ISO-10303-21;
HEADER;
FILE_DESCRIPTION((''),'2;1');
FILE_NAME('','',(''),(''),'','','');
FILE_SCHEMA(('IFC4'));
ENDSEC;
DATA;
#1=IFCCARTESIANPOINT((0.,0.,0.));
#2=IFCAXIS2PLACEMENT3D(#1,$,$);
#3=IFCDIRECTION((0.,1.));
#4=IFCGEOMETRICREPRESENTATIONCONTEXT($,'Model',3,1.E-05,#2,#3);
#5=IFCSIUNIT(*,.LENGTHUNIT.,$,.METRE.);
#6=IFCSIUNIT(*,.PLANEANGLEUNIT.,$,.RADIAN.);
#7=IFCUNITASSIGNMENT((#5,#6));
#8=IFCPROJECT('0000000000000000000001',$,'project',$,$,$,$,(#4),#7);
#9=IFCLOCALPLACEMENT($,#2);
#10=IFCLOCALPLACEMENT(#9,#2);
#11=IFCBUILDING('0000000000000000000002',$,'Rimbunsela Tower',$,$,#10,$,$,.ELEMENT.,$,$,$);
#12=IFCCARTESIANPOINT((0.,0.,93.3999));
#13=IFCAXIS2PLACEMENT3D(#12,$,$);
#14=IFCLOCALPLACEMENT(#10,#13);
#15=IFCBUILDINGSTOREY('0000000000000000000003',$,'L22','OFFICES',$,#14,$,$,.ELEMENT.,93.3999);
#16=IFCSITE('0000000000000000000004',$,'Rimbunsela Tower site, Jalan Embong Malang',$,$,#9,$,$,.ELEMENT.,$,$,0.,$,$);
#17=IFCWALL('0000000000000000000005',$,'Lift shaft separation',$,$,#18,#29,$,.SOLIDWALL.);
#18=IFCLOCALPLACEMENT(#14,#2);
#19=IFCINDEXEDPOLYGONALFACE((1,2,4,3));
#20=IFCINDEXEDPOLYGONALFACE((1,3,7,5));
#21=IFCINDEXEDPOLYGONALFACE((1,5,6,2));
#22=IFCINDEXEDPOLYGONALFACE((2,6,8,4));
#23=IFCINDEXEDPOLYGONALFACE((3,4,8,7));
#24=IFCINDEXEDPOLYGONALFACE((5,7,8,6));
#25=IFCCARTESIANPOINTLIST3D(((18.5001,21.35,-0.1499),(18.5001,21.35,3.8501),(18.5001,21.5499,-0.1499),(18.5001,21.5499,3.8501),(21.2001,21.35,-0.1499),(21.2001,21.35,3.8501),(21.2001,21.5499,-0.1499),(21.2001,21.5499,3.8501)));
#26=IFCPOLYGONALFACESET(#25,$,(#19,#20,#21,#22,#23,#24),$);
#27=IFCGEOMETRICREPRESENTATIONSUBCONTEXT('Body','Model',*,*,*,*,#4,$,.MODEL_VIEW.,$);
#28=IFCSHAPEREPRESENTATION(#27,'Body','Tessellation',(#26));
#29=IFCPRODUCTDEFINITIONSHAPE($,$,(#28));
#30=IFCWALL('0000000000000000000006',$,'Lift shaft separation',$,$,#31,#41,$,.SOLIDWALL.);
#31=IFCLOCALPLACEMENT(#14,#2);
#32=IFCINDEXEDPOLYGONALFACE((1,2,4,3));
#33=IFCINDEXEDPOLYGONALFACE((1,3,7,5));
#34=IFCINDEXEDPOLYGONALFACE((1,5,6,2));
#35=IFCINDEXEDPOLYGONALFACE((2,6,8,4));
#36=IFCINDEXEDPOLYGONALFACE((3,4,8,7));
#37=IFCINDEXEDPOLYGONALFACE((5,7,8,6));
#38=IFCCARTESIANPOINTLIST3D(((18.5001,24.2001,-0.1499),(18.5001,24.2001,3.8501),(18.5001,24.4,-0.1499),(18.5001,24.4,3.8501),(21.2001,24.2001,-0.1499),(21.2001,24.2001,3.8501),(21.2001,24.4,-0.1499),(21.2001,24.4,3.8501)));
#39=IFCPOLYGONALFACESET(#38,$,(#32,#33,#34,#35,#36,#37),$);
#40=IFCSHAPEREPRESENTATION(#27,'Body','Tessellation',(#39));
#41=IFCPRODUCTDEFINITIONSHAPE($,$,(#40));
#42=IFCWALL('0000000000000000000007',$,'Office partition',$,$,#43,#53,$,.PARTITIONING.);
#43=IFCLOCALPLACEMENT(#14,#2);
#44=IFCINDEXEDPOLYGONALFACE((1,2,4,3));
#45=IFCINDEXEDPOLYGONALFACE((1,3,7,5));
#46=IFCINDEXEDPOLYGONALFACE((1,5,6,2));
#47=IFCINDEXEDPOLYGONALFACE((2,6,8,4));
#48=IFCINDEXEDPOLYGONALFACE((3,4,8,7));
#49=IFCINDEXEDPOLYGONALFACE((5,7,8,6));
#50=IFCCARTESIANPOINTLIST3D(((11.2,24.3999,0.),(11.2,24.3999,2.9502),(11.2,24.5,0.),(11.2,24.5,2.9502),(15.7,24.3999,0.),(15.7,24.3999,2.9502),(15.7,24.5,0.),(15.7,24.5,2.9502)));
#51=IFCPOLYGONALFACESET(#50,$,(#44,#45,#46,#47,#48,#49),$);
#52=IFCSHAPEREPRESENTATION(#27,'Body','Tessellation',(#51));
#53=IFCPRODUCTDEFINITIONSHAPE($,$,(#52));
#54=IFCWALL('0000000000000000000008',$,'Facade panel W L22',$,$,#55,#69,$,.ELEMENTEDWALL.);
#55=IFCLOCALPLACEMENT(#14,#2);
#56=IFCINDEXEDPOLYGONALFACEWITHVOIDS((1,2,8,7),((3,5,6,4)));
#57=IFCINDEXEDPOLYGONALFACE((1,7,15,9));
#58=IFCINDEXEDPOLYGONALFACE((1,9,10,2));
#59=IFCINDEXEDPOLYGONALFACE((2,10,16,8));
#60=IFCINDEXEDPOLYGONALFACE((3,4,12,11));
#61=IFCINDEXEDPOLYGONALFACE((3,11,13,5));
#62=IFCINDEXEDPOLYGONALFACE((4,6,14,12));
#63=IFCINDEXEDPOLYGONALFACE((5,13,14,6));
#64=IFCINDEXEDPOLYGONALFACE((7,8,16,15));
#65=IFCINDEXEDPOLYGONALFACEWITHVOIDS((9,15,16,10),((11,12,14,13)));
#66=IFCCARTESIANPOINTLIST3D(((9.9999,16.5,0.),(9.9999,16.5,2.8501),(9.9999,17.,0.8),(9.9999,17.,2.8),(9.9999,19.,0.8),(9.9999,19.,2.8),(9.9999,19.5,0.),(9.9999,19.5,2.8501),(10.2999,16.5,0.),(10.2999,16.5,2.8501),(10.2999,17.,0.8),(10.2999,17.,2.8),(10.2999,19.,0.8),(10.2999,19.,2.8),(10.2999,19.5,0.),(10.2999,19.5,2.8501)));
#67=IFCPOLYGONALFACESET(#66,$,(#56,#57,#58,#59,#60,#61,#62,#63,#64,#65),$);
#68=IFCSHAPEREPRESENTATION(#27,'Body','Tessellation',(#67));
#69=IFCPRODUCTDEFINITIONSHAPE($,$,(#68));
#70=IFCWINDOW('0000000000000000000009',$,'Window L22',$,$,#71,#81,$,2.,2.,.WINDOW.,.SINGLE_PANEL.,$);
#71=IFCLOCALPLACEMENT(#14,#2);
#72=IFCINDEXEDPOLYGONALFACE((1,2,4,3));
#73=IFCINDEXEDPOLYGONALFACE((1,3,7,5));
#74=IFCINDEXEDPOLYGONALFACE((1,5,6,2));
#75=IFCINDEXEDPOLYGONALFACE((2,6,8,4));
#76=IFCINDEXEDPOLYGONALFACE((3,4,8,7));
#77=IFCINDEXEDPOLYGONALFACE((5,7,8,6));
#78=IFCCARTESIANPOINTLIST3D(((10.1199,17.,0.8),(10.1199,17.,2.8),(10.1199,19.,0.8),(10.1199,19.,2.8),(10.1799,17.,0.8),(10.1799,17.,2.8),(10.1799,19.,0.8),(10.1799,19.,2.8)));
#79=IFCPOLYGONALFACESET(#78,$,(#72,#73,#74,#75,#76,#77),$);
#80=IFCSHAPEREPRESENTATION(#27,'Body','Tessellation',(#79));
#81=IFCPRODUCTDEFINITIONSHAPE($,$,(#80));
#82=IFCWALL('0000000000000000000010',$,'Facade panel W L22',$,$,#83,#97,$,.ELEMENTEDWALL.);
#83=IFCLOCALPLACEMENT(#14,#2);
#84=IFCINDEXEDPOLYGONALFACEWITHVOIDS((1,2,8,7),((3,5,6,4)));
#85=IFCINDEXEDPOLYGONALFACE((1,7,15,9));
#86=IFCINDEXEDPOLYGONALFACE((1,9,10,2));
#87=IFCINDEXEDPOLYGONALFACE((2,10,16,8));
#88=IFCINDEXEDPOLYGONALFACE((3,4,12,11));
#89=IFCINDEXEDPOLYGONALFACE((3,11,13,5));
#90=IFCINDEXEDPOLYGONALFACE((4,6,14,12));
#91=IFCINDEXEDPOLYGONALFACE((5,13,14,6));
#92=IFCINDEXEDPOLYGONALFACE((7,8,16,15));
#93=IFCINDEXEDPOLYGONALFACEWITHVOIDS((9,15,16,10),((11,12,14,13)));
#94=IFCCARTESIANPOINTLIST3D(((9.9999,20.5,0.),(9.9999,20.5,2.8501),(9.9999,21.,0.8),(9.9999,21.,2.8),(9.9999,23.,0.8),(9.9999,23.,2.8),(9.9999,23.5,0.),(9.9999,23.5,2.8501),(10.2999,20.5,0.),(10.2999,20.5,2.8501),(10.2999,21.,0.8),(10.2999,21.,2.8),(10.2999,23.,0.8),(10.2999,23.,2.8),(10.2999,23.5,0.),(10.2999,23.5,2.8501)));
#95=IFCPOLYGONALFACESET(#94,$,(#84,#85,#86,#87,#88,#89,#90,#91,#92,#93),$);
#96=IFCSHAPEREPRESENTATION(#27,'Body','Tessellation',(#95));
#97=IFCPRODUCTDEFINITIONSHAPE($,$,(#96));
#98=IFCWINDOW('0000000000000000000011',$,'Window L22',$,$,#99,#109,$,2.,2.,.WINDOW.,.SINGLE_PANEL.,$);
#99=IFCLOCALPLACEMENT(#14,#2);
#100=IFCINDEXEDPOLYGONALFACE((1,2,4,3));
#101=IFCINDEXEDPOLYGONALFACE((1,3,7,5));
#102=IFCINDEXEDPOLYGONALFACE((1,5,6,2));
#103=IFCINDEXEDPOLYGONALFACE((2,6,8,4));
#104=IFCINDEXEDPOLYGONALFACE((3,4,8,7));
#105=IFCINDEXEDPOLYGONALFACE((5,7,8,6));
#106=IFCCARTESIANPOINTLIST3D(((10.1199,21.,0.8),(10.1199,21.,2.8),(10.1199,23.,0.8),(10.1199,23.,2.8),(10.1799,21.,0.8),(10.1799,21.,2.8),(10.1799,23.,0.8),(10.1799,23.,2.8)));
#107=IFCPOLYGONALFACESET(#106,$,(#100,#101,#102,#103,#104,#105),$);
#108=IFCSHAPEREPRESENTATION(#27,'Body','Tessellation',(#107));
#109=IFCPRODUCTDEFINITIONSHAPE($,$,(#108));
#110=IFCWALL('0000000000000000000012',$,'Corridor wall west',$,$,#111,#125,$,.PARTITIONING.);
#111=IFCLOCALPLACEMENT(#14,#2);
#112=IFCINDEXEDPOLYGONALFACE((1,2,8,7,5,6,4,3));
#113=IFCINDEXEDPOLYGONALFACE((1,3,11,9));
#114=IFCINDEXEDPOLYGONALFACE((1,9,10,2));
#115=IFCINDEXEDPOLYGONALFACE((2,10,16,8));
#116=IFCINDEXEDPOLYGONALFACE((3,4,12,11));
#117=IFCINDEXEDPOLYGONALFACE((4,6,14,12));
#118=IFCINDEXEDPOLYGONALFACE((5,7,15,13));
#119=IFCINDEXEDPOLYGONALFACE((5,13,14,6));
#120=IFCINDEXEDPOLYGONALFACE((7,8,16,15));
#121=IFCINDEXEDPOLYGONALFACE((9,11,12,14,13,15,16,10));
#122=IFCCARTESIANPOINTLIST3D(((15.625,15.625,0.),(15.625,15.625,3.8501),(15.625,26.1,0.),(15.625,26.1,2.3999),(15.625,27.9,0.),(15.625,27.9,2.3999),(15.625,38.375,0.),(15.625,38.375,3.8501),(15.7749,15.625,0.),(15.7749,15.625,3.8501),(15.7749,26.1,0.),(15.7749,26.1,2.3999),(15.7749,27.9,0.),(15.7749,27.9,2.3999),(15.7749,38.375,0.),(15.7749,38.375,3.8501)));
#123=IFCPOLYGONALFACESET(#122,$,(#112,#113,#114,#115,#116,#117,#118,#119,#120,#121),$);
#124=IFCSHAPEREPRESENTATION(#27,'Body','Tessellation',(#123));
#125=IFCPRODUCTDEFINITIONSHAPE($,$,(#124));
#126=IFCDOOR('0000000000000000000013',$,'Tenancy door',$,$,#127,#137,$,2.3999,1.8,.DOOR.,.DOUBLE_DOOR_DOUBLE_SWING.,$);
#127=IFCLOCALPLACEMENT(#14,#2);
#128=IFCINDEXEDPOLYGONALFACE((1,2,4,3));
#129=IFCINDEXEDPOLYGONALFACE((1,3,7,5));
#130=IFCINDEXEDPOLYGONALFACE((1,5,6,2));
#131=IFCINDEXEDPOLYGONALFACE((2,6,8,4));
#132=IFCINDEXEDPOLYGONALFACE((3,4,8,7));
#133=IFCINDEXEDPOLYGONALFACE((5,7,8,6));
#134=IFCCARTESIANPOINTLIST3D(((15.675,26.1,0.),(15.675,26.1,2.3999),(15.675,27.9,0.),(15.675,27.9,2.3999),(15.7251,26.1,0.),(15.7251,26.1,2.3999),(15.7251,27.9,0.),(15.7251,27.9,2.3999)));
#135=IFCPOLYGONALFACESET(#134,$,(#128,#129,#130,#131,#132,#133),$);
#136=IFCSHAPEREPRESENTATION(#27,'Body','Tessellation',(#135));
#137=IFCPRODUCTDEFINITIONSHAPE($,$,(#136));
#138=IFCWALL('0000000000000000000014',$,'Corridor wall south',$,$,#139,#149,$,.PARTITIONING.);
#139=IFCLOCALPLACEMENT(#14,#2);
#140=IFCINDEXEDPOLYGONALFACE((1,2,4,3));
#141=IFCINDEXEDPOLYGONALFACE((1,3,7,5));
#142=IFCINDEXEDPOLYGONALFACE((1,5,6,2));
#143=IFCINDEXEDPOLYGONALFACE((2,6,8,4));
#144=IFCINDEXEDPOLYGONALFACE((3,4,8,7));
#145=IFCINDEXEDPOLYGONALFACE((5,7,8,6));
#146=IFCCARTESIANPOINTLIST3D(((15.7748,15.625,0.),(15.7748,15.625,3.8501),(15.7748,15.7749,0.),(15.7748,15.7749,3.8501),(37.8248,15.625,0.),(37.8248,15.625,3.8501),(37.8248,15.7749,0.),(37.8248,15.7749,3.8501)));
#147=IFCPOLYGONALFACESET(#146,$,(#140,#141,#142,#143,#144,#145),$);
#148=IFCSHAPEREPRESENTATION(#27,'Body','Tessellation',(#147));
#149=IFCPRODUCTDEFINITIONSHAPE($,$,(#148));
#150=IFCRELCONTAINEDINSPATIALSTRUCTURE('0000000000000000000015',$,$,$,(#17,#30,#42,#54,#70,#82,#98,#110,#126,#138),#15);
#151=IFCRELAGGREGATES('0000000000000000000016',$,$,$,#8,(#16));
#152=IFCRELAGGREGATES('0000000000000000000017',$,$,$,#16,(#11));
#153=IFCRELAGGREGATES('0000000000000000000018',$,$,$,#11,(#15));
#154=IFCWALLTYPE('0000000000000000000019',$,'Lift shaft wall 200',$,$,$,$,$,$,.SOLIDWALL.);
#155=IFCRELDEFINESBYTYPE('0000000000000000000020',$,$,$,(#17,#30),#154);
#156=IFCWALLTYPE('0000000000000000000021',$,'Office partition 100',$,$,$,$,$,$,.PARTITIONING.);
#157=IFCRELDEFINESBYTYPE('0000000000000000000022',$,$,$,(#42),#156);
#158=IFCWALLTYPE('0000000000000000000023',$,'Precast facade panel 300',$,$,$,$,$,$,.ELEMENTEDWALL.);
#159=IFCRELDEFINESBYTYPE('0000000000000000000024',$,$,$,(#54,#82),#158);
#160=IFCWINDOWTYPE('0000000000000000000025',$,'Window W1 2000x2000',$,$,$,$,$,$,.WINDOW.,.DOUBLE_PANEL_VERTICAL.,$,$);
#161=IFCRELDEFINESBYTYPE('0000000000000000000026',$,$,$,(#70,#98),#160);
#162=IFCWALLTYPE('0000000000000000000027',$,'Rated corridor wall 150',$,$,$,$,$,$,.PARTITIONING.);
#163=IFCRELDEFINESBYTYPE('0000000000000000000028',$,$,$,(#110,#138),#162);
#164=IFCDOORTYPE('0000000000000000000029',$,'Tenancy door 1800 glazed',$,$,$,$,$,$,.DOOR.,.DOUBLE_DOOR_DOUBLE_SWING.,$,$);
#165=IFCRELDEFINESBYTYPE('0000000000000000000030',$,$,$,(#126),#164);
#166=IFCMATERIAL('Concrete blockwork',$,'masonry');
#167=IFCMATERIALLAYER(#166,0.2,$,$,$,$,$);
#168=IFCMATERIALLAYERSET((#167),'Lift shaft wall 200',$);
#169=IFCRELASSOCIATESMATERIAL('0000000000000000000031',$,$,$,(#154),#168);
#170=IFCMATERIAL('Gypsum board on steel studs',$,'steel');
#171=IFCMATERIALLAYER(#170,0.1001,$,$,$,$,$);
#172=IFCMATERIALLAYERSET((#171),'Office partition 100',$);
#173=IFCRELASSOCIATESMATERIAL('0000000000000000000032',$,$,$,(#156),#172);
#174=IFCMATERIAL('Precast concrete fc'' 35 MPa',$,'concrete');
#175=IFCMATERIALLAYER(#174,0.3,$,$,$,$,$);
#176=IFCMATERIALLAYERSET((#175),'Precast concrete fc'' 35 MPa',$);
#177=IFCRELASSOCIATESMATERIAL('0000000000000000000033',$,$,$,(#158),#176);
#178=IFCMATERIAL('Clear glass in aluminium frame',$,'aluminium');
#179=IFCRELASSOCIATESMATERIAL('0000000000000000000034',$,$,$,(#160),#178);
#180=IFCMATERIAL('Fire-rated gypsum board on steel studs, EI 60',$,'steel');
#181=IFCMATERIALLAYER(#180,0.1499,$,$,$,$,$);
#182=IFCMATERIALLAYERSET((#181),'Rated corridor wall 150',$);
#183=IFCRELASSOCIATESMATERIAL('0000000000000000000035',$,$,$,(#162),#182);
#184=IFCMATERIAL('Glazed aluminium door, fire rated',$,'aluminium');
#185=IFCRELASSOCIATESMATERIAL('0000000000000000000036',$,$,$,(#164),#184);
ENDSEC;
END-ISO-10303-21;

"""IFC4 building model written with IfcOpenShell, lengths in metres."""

from ifc_helpers import new_model, si_unit, direction, frame, frame_2d, origin, place, context, subcontext, project, spatial, rectangle, extrude, material, layer, layer_set, type_object, element, fill, save


model = new_model("IFC4")

# Units and contexts
model_context = context("Model", 3, precision=1e-05, world=origin(), true_north=direction((0.0, 1.0)))
body_context = subcontext(model_context, "Body", "Model", "MODEL_VIEW")
ifc_project = project(units=[si_unit("LENGTHUNIT", "METRE"), si_unit("PLANEANGLEUNIT", "RADIAN")], contexts=[model_context])

# Site, building, storey
site_placement = place(None, origin())
site = spatial("IfcSite", under=ifc_project, at=site_placement, Name="Rimbunsela Tower site, Jalan Embong Malang", CompositionType="ELEMENT", RefElevation=0.0)
building_placement = place(site_placement, origin())
building = spatial("IfcBuilding", under=site, at=building_placement, Name="Rimbunsela Tower", CompositionType="ELEMENT")
storey_placement = place(building_placement, frame((0.0, 0.0, 93.3999)))
storey = spatial("IfcBuildingStorey", under=building, at=storey_placement, Name="L22", Description="OFFICES", CompositionType="ELEMENT", Elevation=93.3999)

# Walls
ifc_material_1 = material(Name="Concrete blockwork", Category="masonry")
ifc_layer_1 = layer(ifc_material_1, 0.2)
ifc_layer_set_1 = layer_set([ifc_layer_1], Name="Lift shaft wall 200")
wall_type_1 = type_object("IfcWallType", Name="Lift shaft wall 200", PredefinedType="SOLIDWALL", material=ifc_layer_set_1)
for number, where, z_axis, x_axis, name in (
    (1, (18.5, 21.45, -0.1499), (0.0, 0.0, 1.0), (1.0, 0.0, 0.0), "Lift shaft separation"),
    (2, (18.5, 24.3, -0.1499), (0.0, 0.0, 1.0), (1.0, 0.0, 0.0), "Lift shaft separation"),
):
    element("IfcWall", number, at=place(storey_placement, frame(where, z_axis=z_axis, x_axis=x_axis)), inside=storey, type_object=wall_type_1, Name=name, PredefinedType="SOLIDWALL", context=body_context, shape_type="SweptSolid", body=[
        extrude(rectangle(XDim=2.7, YDim=0.2, at=frame_2d((1.3501, 0.0))), origin(), (0.0, 0.0, 1.0), 4.0),
    ])
ifc_material_2 = material(Name="Gypsum board on steel studs", Category="steel")
ifc_layer_2 = layer(ifc_material_2, 0.1001)
ifc_layer_set_2 = layer_set([ifc_layer_2], Name="Office partition 100")
wall_type_2 = type_object("IfcWallType", Name="Office partition 100", PredefinedType="PARTITIONING", material=ifc_layer_set_2)
wall_1_placement = place(storey_placement, frame((11.2, 24.45, 0.0), z_axis=(0.0, 0.0, 1.0), x_axis=(1.0, 0.0, 0.0)))
element("IfcWall", 3, at=wall_1_placement, inside=storey, type_object=wall_type_2, Name="Office partition", PredefinedType="PARTITIONING", context=body_context, shape_type="SweptSolid", body=[
    extrude(rectangle(XDim=4.5, YDim=0.1001, at=frame_2d((2.25, 0.0))), origin(), (0.0, 0.0, 1.0), 2.9502),
])

# Walls, openings, windows
ifc_material_3 = material(Name="Precast concrete fc' 35 MPa", Category="concrete")
ifc_layer_3 = layer(ifc_material_3, 0.3)
ifc_layer_set_3 = layer_set([ifc_layer_3], Name="Precast concrete fc' 35 MPa")
wall_type_3 = type_object("IfcWallType", Name="Precast facade panel 300", PredefinedType="ELEMENTEDWALL", material=ifc_layer_set_3)
wall_2_placement = place(storey_placement, frame((10.1499, 19.5, 0.0), z_axis=(0.0, 0.0, 1.0), x_axis=(0.0, -1.0, 0.0)))
wall_2 = element("IfcWall", 4, at=wall_2_placement, inside=storey, type_object=wall_type_3, Name="Facade panel W L22", PredefinedType="ELEMENTEDWALL", context=body_context, shape_type="SweptSolid", body=[
    extrude(rectangle(XDim=3.0, YDim=0.3, at=frame_2d((1.5, 0.0))), origin(), (0.0, 0.0, 1.0), 2.8501),
])
opening_1_placement = place(wall_2_placement, frame((0.5, 0.0, 0.8)))
opening_1 = element("IfcOpeningElement", 5, at=opening_1_placement, cuts=wall_2, PredefinedType="OPENING", context=body_context, shape_type="SweptSolid", body=[
    extrude(rectangle(XDim=2.0, YDim=2.0, at=frame_2d((1.0, 1.0))), frame((0.0, 0.1599, 0.0), z_axis=(0.0, -1.0, 0.0), x_axis=(1.0, 0.0, 0.0)), (0.0, 0.0, 1.0), 0.3201),
])
ifc_material_4 = material(Name="Clear glass in aluminium frame", Category="aluminium")
window_type = type_object("IfcWindowType", Name="Window W1 2000x2000", PartitioningType="DOUBLE_PANEL_VERTICAL", PredefinedType="WINDOW", material=ifc_material_4)
window_1_placement = place(opening_1_placement, origin())
window_1 = element("IfcWindow", 6, at=window_1_placement, inside=storey, type_object=window_type, Name="Window L22", OverallHeight=2.0, OverallWidth=2.0, PartitioningType="SINGLE_PANEL", PredefinedType="WINDOW", context=body_context, shape_type="SweptSolid", body=[
    extrude(rectangle(XDim=2.0, YDim=2.0, at=frame_2d((1.0, 1.0))), frame((0.0, 0.03, 0.0), z_axis=(0.0, -1.0, 0.0), x_axis=(1.0, 0.0, 0.0)), (0.0, 0.0, 1.0), 0.0601),
])
fill(opening_1, window_1)
wall_3_placement = place(storey_placement, frame((10.1499, 23.5, 0.0), z_axis=(0.0, 0.0, 1.0), x_axis=(0.0, -1.0, 0.0)))
wall_3 = element("IfcWall", 7, at=wall_3_placement, inside=storey, type_object=wall_type_3, Name="Facade panel W L22", PredefinedType="ELEMENTEDWALL", context=body_context, shape_type="SweptSolid", body=[
    extrude(rectangle(XDim=3.0, YDim=0.3, at=frame_2d((1.5, 0.0))), origin(), (0.0, 0.0, 1.0), 2.8501),
])
opening_2_placement = place(wall_3_placement, frame((0.5, 0.0, 0.8)))
opening_2 = element("IfcOpeningElement", 8, at=opening_2_placement, cuts=wall_3, PredefinedType="OPENING", context=body_context, shape_type="SweptSolid", body=[
    extrude(rectangle(XDim=2.0, YDim=2.0, at=frame_2d((1.0, 1.0))), frame((0.0, 0.1599, 0.0), z_axis=(0.0, -1.0, 0.0), x_axis=(1.0, 0.0, 0.0)), (0.0, 0.0, 1.0), 0.3201),
])
window_2_placement = place(opening_2_placement, origin())
window_2 = element("IfcWindow", 9, at=window_2_placement, inside=storey, type_object=window_type, Name="Window L22", OverallHeight=2.0, OverallWidth=2.0, PartitioningType="SINGLE_PANEL", PredefinedType="WINDOW", context=body_context, shape_type="SweptSolid", body=[
    extrude(rectangle(XDim=2.0, YDim=2.0, at=frame_2d((1.0, 1.0))), frame((0.0, 0.03, 0.0), z_axis=(0.0, -1.0, 0.0), x_axis=(1.0, 0.0, 0.0)), (0.0, 0.0, 1.0), 0.0601),
])
fill(opening_2, window_2)

# Wall, opening, door
ifc_material_5 = material(Name="Fire-rated gypsum board on steel studs, EI 60", Category="steel")
ifc_layer_4 = layer(ifc_material_5, 0.1499)
ifc_layer_set_4 = layer_set([ifc_layer_4], Name="Rated corridor wall 150")
wall_type_4 = type_object("IfcWallType", Name="Rated corridor wall 150", PredefinedType="PARTITIONING", material=ifc_layer_set_4)
wall_4_placement = place(storey_placement, frame((15.7, 15.625, 0.0), z_axis=(0.0, 0.0, 1.0), x_axis=(0.0, 1.0, 0.0)))
wall_4 = element("IfcWall", 10, at=wall_4_placement, inside=storey, type_object=wall_type_4, Name="Corridor wall west", PredefinedType="PARTITIONING", context=body_context, shape_type="SweptSolid", body=[
    extrude(rectangle(XDim=22.75, YDim=0.1499, at=frame_2d((11.375, 0.0))), origin(), (0.0, 0.0, 1.0), 3.8501),
])
opening_3_placement = place(wall_4_placement, frame((10.4751, 0.0, 0.0)))
opening_3 = element("IfcOpeningElement", 11, at=opening_3_placement, cuts=wall_4, PredefinedType="OPENING", context=body_context, shape_type="SweptSolid", body=[
    extrude(rectangle(XDim=1.8, YDim=2.3999, at=frame_2d((0.8999, 1.2))), frame((0.0, 0.085, 0.0), z_axis=(0.0, -1.0, 0.0), x_axis=(1.0, 0.0, 0.0)), (0.0, 0.0, 1.0), 0.1699),
])
ifc_material_6 = material(Name="Glazed aluminium door, fire rated", Category="aluminium")
door_type_1 = type_object("IfcDoorType", Name="Tenancy door 1800 glazed", OperationType="DOUBLE_DOOR_DOUBLE_SWING", PredefinedType="DOOR", material=ifc_material_6)
door_1_placement = place(opening_3_placement, origin())
door_1 = element("IfcDoor", 12, at=door_1_placement, inside=storey, type_object=door_type_1, Name="Tenancy door", OperationType="DOUBLE_DOOR_DOUBLE_SWING", OverallHeight=2.3999, OverallWidth=1.8, PredefinedType="DOOR", context=body_context, shape_type="SweptSolid", body=[
    extrude(rectangle(XDim=1.8, YDim=2.3999, at=frame_2d((0.8999, 1.2))), frame((0.0, 0.0249, 0.0), z_axis=(0.0, -1.0, 0.0), x_axis=(1.0, 0.0, 0.0)), (0.0, 0.0, 1.0), 0.05),
])
fill(opening_3, door_1)

# Wall
wall_5_placement = place(storey_placement, frame((15.7749, 15.7, 0.0), z_axis=(0.0, 0.0, 1.0), x_axis=(1.0, 0.0, 0.0)))
element("IfcWall", 13, at=wall_5_placement, inside=storey, type_object=wall_type_4, Name="Corridor wall south", PredefinedType="PARTITIONING", context=body_context, shape_type="SweptSolid", body=[
    extrude(rectangle(XDim=22.05, YDim=0.1499, at=frame_2d((11.0249, 0.0))), origin(), (0.0, 0.0, 1.0), 3.8501),
])

save(model, "model.ifc")
